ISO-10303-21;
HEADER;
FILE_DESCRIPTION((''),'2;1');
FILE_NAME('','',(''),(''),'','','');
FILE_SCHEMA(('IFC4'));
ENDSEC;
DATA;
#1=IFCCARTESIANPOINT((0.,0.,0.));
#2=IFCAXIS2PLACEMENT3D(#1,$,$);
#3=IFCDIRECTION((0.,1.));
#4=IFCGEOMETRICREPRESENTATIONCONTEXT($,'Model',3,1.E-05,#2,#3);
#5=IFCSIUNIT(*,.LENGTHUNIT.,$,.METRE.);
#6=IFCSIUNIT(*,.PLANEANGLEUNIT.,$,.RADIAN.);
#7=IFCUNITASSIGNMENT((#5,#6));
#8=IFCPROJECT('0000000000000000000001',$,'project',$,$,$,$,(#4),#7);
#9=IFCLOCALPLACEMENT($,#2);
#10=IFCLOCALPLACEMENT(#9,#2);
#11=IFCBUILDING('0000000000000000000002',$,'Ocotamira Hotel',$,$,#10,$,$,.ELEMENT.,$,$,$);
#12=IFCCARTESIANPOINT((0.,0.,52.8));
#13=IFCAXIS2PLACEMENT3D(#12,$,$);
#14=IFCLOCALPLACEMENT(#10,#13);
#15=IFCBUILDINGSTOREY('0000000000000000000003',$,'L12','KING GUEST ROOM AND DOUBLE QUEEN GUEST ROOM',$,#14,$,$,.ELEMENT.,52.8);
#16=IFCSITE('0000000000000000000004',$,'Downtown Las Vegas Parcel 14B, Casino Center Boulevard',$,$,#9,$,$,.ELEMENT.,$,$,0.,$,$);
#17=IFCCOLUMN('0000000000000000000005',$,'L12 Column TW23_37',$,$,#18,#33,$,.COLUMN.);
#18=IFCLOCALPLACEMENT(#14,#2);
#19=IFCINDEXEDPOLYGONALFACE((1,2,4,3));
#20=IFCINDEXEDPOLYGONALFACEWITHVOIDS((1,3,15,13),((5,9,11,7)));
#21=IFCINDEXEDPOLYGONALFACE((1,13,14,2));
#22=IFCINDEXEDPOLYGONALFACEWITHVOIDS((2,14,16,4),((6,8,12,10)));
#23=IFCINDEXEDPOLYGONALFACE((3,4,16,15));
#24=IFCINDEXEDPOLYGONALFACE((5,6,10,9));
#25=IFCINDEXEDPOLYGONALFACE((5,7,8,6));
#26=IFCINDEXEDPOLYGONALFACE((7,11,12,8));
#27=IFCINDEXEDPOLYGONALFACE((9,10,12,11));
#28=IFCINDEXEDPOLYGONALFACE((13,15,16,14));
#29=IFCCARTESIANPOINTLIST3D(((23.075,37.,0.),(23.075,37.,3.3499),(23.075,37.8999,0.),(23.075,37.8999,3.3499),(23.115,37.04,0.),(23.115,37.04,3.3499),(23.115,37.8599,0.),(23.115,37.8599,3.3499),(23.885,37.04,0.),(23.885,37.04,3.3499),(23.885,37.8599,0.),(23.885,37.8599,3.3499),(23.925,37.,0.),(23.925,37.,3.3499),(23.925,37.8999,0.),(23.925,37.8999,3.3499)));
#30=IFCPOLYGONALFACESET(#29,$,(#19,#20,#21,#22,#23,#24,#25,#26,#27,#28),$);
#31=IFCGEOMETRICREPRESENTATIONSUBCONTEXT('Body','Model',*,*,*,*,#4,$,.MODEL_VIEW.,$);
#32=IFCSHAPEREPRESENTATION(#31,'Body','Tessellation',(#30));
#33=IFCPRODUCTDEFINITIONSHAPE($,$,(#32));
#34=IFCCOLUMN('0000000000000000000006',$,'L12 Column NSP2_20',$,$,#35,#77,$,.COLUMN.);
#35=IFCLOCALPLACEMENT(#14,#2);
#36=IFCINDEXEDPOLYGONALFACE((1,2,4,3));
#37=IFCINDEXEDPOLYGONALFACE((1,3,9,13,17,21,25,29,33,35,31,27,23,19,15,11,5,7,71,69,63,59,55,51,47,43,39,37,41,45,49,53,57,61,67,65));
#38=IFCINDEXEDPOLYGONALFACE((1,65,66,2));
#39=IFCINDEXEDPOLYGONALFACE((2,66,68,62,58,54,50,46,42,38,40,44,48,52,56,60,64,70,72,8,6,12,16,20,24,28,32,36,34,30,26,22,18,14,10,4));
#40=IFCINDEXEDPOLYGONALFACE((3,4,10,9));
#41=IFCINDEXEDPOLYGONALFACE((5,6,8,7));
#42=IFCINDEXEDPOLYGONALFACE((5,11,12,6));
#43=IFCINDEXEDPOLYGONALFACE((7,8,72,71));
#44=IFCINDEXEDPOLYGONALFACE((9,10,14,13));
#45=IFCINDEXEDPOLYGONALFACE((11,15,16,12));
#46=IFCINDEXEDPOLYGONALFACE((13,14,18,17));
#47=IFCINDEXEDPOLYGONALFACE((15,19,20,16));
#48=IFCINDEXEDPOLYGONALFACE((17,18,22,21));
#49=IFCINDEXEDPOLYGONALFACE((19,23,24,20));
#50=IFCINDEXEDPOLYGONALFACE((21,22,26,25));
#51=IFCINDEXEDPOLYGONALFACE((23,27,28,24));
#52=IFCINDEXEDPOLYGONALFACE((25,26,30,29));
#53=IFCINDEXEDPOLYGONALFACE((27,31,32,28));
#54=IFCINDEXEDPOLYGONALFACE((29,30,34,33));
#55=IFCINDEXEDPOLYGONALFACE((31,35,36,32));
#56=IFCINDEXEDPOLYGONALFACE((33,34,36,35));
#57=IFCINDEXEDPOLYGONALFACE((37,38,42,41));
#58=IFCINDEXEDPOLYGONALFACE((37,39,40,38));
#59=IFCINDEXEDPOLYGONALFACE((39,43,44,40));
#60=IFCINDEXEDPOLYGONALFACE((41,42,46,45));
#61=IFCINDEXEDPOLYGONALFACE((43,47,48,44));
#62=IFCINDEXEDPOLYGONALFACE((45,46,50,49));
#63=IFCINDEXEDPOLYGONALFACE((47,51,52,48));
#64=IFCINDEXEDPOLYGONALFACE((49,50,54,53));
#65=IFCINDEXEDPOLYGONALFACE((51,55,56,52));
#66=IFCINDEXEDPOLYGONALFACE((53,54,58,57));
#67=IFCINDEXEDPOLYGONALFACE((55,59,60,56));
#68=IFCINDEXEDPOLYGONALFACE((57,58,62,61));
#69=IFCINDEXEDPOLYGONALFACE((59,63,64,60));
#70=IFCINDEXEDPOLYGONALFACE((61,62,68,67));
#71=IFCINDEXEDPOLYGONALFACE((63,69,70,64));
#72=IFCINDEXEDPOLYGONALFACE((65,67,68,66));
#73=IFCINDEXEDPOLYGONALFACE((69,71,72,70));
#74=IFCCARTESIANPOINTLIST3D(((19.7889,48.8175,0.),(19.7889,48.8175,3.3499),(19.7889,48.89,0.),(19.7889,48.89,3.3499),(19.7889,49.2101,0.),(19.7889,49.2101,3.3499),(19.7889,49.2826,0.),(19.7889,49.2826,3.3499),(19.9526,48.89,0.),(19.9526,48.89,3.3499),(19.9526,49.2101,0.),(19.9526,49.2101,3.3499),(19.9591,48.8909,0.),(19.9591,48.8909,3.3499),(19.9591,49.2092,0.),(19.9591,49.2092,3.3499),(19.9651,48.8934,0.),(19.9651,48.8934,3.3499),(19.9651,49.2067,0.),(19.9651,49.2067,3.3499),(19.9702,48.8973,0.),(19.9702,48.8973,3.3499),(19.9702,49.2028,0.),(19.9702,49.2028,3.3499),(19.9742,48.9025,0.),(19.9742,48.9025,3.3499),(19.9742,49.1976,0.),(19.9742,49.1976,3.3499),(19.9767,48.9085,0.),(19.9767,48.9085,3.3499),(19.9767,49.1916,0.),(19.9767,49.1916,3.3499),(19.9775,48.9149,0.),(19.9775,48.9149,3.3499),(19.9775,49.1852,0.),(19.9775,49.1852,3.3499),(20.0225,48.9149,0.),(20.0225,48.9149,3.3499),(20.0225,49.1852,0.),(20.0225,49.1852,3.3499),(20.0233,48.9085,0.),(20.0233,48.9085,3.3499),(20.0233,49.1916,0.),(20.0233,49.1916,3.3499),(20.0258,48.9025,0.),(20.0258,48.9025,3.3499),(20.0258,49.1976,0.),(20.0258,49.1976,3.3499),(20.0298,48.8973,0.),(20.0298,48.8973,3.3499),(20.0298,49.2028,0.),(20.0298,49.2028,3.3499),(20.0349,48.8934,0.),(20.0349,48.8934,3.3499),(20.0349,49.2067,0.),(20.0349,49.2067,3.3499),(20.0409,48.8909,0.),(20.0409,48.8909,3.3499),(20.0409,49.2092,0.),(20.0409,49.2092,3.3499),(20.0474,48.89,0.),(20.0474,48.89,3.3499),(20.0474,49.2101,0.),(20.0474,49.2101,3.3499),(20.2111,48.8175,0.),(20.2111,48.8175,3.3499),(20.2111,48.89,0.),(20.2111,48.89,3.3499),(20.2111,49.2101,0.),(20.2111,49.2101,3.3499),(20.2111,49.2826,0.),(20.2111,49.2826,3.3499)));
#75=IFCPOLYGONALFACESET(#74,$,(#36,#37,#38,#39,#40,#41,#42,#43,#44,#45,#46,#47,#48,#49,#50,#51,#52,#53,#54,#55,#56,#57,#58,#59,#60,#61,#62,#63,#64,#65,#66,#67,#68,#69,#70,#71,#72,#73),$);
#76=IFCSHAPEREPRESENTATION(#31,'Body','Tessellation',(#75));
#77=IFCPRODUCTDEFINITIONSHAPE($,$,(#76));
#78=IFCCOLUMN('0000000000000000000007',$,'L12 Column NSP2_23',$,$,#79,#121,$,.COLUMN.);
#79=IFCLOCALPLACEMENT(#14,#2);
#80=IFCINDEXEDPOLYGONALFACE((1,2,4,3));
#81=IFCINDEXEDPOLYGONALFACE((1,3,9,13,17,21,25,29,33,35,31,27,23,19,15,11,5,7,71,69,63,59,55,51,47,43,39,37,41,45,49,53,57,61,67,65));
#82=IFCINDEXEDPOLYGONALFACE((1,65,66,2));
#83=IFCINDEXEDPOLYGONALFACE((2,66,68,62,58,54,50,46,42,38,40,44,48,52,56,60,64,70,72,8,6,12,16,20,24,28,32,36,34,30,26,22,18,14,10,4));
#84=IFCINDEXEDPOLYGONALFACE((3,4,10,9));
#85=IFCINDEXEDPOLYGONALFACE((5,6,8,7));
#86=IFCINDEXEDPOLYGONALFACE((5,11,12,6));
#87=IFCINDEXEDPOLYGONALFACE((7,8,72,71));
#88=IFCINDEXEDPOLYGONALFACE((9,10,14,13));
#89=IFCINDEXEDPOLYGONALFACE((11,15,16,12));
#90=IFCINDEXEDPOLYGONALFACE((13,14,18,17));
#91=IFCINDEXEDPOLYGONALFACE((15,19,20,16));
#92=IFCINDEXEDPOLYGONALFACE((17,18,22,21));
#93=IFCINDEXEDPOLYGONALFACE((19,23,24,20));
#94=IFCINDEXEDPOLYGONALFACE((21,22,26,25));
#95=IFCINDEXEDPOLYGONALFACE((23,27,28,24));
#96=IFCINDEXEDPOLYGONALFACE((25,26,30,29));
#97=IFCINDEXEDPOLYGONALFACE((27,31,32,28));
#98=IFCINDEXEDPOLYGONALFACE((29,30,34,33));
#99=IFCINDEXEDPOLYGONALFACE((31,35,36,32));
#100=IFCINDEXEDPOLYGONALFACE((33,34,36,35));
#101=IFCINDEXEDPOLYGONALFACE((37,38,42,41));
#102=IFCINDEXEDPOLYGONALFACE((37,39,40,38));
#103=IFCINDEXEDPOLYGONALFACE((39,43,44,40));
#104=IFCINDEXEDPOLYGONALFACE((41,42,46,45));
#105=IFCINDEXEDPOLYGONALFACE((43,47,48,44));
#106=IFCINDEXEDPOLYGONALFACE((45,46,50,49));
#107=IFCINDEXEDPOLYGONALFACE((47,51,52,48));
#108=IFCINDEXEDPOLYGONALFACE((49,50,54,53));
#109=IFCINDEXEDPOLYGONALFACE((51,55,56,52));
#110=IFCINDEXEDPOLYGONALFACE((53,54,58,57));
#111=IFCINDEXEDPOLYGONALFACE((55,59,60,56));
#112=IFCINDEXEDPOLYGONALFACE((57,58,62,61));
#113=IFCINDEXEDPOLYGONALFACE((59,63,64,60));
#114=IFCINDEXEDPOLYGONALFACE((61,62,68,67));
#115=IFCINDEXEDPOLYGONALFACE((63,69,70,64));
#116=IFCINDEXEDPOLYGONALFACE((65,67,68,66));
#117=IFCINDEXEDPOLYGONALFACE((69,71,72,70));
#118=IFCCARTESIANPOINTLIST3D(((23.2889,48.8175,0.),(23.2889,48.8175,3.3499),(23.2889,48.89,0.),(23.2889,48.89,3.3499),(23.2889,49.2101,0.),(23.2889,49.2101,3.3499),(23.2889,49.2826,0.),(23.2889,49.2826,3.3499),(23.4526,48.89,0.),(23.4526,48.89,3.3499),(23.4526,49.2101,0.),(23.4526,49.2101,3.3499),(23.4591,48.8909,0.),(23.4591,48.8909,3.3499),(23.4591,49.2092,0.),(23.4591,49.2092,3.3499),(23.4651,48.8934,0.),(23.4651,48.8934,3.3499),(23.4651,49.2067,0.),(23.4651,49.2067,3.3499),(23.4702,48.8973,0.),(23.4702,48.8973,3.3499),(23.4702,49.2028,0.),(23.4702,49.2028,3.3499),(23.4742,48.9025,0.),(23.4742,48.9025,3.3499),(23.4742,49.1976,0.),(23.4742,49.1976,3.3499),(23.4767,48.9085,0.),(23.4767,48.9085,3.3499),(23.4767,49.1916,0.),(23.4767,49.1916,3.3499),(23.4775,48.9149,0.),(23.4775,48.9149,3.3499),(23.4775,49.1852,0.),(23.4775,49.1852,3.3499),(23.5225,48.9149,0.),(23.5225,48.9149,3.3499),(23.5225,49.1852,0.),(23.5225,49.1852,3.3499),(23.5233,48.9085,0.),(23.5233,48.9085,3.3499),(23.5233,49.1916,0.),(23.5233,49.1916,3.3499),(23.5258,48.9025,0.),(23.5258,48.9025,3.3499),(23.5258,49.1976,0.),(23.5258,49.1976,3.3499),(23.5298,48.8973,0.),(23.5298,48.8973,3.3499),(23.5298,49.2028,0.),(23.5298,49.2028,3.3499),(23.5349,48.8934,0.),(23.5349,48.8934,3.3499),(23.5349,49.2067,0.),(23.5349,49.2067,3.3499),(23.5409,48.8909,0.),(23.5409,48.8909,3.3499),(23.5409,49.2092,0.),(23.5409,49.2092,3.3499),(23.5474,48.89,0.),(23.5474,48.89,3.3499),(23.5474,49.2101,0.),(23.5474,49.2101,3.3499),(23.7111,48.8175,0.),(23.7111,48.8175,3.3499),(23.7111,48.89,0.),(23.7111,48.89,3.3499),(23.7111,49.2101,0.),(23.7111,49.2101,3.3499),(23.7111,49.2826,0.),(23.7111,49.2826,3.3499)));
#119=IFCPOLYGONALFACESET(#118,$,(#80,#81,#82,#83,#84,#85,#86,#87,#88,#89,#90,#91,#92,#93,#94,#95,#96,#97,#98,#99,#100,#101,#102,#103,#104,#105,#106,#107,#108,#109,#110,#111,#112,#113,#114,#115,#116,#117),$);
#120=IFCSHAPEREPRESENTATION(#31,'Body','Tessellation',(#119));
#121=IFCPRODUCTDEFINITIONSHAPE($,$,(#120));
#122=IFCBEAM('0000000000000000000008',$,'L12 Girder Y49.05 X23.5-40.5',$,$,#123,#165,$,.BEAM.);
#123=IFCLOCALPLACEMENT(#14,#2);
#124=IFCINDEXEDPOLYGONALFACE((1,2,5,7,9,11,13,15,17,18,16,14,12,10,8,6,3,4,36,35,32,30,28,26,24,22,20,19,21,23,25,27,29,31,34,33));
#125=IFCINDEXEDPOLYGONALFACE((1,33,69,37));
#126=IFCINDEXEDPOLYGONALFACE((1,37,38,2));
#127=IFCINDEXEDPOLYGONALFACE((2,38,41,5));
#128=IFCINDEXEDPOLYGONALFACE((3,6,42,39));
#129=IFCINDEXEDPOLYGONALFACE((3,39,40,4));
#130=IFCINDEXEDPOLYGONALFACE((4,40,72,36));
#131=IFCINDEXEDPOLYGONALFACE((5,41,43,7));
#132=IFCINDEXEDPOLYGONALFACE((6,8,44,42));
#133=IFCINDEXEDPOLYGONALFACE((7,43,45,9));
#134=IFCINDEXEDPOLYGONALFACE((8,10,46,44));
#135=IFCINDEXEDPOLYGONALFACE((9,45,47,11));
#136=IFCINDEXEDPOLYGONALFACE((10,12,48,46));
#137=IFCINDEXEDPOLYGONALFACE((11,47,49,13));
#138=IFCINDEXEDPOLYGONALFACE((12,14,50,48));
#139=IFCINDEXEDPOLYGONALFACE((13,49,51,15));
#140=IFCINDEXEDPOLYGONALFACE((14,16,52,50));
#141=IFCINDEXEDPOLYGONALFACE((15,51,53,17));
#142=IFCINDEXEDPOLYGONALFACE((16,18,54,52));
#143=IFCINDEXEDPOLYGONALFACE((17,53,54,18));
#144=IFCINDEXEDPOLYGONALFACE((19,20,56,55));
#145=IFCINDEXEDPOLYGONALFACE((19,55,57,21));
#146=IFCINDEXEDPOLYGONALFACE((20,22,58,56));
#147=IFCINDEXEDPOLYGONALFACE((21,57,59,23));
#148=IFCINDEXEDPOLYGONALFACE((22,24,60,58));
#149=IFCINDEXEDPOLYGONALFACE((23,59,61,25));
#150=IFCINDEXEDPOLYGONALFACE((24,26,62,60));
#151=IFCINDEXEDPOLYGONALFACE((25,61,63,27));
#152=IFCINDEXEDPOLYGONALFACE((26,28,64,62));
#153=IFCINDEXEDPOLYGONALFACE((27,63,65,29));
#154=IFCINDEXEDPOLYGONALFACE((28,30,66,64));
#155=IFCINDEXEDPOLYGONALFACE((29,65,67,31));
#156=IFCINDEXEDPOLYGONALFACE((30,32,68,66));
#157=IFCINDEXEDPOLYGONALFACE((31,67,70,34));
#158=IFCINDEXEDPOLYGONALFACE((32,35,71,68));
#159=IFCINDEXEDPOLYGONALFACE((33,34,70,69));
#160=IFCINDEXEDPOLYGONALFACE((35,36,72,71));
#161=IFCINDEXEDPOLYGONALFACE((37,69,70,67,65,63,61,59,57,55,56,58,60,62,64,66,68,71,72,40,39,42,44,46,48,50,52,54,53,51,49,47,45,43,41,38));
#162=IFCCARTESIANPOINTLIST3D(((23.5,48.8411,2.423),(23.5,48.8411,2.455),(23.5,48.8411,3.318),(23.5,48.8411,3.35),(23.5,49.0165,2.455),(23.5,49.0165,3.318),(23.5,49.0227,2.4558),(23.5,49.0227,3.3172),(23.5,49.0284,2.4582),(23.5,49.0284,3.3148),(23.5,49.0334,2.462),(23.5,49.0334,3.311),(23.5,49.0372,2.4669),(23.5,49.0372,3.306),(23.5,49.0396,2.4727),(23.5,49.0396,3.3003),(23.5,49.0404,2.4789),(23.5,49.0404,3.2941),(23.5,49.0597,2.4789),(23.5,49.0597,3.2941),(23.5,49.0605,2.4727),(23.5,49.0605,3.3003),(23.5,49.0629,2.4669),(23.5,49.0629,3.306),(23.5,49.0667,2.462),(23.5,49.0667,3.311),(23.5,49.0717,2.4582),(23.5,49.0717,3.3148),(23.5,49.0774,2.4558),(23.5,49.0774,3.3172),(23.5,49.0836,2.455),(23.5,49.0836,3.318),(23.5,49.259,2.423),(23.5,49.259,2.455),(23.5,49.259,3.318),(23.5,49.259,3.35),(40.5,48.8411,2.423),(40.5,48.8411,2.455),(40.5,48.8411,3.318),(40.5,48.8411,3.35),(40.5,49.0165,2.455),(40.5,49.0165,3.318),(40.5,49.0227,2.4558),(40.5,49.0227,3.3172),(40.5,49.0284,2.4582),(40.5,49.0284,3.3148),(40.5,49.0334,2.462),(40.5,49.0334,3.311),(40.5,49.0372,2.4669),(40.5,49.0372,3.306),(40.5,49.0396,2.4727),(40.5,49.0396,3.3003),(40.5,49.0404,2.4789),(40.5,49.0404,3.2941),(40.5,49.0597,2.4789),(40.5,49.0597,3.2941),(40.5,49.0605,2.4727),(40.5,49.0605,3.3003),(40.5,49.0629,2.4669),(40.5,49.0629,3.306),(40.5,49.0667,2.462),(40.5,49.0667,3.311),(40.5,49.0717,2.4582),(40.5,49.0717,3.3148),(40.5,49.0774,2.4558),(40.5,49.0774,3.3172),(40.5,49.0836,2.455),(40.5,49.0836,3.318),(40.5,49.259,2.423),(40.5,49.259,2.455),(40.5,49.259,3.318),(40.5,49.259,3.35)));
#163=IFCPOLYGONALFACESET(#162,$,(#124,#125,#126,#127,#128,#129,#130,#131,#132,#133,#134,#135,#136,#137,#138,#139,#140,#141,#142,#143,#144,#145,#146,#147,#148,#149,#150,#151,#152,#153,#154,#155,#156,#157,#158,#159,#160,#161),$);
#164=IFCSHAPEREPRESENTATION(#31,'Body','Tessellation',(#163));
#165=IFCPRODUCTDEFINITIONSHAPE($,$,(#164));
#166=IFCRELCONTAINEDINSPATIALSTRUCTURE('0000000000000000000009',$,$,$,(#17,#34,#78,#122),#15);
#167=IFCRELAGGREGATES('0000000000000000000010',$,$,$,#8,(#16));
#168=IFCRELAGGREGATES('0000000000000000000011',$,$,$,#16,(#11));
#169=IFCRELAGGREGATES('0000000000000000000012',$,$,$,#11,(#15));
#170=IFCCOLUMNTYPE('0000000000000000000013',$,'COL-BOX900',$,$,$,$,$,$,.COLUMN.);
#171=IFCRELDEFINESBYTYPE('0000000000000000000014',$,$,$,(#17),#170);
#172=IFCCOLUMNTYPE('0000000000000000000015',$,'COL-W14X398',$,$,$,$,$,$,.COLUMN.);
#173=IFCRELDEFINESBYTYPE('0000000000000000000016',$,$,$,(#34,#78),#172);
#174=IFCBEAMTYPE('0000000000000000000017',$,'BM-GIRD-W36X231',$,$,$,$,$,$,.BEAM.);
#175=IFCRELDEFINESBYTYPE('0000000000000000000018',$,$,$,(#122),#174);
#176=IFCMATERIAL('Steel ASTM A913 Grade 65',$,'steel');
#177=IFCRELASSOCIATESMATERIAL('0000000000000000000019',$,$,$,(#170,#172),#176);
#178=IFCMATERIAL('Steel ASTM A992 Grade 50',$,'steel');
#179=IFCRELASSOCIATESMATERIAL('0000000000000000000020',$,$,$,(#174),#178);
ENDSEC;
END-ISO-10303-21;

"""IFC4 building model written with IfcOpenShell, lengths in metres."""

from ifc_helpers import new_model, si_unit, direction, frame, origin, origin_2d, place, context, subcontext, project, spatial, hollow_rectangle, i_section, extrude, source, transform, mapped, material, material_profile, profile_set, type_object, element, save


model = new_model("IFC4")

# Units and contexts
model_context = context("Model", 3, precision=1e-05, world=origin(), true_north=direction((0.0, 1.0)))
body_context = subcontext(model_context, "Body", "Model", "MODEL_VIEW")
ifc_project = project(units=[si_unit("LENGTHUNIT", "METRE"), si_unit("PLANEANGLEUNIT", "RADIAN")], contexts=[model_context])

# Site, building, storey
site_placement = place(None, origin())
site = spatial("IfcSite", under=ifc_project, at=site_placement, Name="Downtown Las Vegas Parcel 14B, Casino Center Boulevard", CompositionType="ELEMENT", RefElevation=0.0)
building_placement = place(site_placement, origin())
building = spatial("IfcBuilding", under=site, at=building_placement, Name="Ocotamira Hotel", CompositionType="ELEMENT")
storey_placement = place(building_placement, frame((0.0, 0.0, 52.8)))
storey = spatial("IfcBuildingStorey", under=building, at=storey_placement, Name="L12", Description="KING GUEST ROOM AND DOUBLE QUEEN GUEST ROOM", CompositionType="ELEMENT", Elevation=52.8)

# Columns
ifc_material_1 = material(Name="Steel ASTM A913 Grade 65", Category="steel")
ifc_material_profile_1 = material_profile(ifc_material_1, hollow_rectangle(XDim=0.8501, YDim=0.8999, WallThickness=0.04, at=origin_2d()), Name="BOX900X850X40")
ifc_profile_set_1 = profile_set([ifc_material_profile_1], Name="Steel ASTM A913 Grade 65")
column_type_1 = type_object("IfcColumnType", Name="COL-BOX900", PredefinedType="COLUMN", material=ifc_profile_set_1)
shared_shape_1 = source(origin(), body_context, "Body", "SweptSolid", [
    extrude(hollow_rectangle(XDim=0.8501, YDim=0.8999, WallThickness=0.04, at=origin_2d()), origin(), (0.0, 0.0, 1.0), 3.3499),
])
column_placement = place(storey_placement, frame((23.5, 37.45, 0.0), z_axis=(0.0, 0.0, 1.0), x_axis=(1.0, 0.0, 0.0)))
element("IfcColumn", 1, at=column_placement, inside=storey, type_object=column_type_1, Name="L12 Column TW23_37", PredefinedType="COLUMN", context=body_context, shape_type="MappedRepresentation", body=[
    mapped(shared_shape_1, transform((0.0, 0.0, 0.0), scale=1.0)),
])
ifc_material_profile_2 = material_profile(ifc_material_1, i_section(OverallWidth=0.4221, OverallDepth=0.4651, WebThickness=0.0449, FlangeThickness=0.0725, FilletRadius=0.0249, at=origin_2d()), Name="W14X398")
ifc_profile_set_2 = profile_set([ifc_material_profile_2], Name="Steel ASTM A913 Grade 65")
column_type_2 = type_object("IfcColumnType", Name="COL-W14X398", PredefinedType="COLUMN", material=ifc_profile_set_2)
shared_shape_2 = source(origin(), body_context, "Body", "SweptSolid", [
    extrude(i_section(OverallWidth=0.4221, OverallDepth=0.4651, WebThickness=0.0449, FlangeThickness=0.0725, FilletRadius=0.0249, at=origin_2d()), origin(), (0.0, 0.0, 1.0), 3.3499),
])
for number, where, z_axis, x_axis, name in (
    (2, (20.0, 49.05, 0.0), (0.0, 0.0, 1.0), (1.0, 0.0, 0.0), "L12 Column NSP2_20"),
    (3, (23.5, 49.05, 0.0), (0.0, 0.0, 1.0), (1.0, 0.0, 0.0), "L12 Column NSP2_23"),
):
    element("IfcColumn", number, at=place(storey_placement, frame(where, z_axis=z_axis, x_axis=x_axis)), inside=storey, type_object=column_type_2, Name=name, PredefinedType="COLUMN", context=body_context, shape_type="MappedRepresentation", body=[
        mapped(shared_shape_2, transform((0.0, 0.0, 0.0), scale=1.0)),
    ])

# Beam
ifc_material_2 = material(Name="Steel ASTM A992 Grade 50", Category="steel")
ifc_material_profile_3 = material_profile(ifc_material_2, i_section(OverallWidth=0.418, OverallDepth=0.927, WebThickness=0.0193, FlangeThickness=0.032, FilletRadius=0.0239, at=origin_2d()), Name="W36X231")
ifc_profile_set_3 = profile_set([ifc_material_profile_3], Name="Steel ASTM A992 Grade 50")
beam_type_1 = type_object("IfcBeamType", Name="BM-GIRD-W36X231", PredefinedType="BEAM", material=ifc_profile_set_3)
shared_shape_3 = source(origin(), body_context, "Body", "SweptSolid", [
    extrude(i_section(OverallWidth=0.418, OverallDepth=0.927, WebThickness=0.0193, FlangeThickness=0.032, FilletRadius=0.0239, at=origin_2d()), origin(), (0.0, 0.0, 1.0), 17.0),
])
beam_1_placement = place(storey_placement, frame((23.5, 49.05, 2.8865), z_axis=(1.0, 0.0, 0.0), x_axis=(0.0, 1.0, 0.0)))
element("IfcBeam", 4, at=beam_1_placement, inside=storey, type_object=beam_type_1, Name="L12 Girder Y49.05 X23.5-40.5", PredefinedType="BEAM", context=body_context, shape_type="MappedRepresentation", body=[
    mapped(shared_shape_3, transform((0.0, 0.0, 0.0), scale=1.0)),
])

save(model, "model.ifc")
